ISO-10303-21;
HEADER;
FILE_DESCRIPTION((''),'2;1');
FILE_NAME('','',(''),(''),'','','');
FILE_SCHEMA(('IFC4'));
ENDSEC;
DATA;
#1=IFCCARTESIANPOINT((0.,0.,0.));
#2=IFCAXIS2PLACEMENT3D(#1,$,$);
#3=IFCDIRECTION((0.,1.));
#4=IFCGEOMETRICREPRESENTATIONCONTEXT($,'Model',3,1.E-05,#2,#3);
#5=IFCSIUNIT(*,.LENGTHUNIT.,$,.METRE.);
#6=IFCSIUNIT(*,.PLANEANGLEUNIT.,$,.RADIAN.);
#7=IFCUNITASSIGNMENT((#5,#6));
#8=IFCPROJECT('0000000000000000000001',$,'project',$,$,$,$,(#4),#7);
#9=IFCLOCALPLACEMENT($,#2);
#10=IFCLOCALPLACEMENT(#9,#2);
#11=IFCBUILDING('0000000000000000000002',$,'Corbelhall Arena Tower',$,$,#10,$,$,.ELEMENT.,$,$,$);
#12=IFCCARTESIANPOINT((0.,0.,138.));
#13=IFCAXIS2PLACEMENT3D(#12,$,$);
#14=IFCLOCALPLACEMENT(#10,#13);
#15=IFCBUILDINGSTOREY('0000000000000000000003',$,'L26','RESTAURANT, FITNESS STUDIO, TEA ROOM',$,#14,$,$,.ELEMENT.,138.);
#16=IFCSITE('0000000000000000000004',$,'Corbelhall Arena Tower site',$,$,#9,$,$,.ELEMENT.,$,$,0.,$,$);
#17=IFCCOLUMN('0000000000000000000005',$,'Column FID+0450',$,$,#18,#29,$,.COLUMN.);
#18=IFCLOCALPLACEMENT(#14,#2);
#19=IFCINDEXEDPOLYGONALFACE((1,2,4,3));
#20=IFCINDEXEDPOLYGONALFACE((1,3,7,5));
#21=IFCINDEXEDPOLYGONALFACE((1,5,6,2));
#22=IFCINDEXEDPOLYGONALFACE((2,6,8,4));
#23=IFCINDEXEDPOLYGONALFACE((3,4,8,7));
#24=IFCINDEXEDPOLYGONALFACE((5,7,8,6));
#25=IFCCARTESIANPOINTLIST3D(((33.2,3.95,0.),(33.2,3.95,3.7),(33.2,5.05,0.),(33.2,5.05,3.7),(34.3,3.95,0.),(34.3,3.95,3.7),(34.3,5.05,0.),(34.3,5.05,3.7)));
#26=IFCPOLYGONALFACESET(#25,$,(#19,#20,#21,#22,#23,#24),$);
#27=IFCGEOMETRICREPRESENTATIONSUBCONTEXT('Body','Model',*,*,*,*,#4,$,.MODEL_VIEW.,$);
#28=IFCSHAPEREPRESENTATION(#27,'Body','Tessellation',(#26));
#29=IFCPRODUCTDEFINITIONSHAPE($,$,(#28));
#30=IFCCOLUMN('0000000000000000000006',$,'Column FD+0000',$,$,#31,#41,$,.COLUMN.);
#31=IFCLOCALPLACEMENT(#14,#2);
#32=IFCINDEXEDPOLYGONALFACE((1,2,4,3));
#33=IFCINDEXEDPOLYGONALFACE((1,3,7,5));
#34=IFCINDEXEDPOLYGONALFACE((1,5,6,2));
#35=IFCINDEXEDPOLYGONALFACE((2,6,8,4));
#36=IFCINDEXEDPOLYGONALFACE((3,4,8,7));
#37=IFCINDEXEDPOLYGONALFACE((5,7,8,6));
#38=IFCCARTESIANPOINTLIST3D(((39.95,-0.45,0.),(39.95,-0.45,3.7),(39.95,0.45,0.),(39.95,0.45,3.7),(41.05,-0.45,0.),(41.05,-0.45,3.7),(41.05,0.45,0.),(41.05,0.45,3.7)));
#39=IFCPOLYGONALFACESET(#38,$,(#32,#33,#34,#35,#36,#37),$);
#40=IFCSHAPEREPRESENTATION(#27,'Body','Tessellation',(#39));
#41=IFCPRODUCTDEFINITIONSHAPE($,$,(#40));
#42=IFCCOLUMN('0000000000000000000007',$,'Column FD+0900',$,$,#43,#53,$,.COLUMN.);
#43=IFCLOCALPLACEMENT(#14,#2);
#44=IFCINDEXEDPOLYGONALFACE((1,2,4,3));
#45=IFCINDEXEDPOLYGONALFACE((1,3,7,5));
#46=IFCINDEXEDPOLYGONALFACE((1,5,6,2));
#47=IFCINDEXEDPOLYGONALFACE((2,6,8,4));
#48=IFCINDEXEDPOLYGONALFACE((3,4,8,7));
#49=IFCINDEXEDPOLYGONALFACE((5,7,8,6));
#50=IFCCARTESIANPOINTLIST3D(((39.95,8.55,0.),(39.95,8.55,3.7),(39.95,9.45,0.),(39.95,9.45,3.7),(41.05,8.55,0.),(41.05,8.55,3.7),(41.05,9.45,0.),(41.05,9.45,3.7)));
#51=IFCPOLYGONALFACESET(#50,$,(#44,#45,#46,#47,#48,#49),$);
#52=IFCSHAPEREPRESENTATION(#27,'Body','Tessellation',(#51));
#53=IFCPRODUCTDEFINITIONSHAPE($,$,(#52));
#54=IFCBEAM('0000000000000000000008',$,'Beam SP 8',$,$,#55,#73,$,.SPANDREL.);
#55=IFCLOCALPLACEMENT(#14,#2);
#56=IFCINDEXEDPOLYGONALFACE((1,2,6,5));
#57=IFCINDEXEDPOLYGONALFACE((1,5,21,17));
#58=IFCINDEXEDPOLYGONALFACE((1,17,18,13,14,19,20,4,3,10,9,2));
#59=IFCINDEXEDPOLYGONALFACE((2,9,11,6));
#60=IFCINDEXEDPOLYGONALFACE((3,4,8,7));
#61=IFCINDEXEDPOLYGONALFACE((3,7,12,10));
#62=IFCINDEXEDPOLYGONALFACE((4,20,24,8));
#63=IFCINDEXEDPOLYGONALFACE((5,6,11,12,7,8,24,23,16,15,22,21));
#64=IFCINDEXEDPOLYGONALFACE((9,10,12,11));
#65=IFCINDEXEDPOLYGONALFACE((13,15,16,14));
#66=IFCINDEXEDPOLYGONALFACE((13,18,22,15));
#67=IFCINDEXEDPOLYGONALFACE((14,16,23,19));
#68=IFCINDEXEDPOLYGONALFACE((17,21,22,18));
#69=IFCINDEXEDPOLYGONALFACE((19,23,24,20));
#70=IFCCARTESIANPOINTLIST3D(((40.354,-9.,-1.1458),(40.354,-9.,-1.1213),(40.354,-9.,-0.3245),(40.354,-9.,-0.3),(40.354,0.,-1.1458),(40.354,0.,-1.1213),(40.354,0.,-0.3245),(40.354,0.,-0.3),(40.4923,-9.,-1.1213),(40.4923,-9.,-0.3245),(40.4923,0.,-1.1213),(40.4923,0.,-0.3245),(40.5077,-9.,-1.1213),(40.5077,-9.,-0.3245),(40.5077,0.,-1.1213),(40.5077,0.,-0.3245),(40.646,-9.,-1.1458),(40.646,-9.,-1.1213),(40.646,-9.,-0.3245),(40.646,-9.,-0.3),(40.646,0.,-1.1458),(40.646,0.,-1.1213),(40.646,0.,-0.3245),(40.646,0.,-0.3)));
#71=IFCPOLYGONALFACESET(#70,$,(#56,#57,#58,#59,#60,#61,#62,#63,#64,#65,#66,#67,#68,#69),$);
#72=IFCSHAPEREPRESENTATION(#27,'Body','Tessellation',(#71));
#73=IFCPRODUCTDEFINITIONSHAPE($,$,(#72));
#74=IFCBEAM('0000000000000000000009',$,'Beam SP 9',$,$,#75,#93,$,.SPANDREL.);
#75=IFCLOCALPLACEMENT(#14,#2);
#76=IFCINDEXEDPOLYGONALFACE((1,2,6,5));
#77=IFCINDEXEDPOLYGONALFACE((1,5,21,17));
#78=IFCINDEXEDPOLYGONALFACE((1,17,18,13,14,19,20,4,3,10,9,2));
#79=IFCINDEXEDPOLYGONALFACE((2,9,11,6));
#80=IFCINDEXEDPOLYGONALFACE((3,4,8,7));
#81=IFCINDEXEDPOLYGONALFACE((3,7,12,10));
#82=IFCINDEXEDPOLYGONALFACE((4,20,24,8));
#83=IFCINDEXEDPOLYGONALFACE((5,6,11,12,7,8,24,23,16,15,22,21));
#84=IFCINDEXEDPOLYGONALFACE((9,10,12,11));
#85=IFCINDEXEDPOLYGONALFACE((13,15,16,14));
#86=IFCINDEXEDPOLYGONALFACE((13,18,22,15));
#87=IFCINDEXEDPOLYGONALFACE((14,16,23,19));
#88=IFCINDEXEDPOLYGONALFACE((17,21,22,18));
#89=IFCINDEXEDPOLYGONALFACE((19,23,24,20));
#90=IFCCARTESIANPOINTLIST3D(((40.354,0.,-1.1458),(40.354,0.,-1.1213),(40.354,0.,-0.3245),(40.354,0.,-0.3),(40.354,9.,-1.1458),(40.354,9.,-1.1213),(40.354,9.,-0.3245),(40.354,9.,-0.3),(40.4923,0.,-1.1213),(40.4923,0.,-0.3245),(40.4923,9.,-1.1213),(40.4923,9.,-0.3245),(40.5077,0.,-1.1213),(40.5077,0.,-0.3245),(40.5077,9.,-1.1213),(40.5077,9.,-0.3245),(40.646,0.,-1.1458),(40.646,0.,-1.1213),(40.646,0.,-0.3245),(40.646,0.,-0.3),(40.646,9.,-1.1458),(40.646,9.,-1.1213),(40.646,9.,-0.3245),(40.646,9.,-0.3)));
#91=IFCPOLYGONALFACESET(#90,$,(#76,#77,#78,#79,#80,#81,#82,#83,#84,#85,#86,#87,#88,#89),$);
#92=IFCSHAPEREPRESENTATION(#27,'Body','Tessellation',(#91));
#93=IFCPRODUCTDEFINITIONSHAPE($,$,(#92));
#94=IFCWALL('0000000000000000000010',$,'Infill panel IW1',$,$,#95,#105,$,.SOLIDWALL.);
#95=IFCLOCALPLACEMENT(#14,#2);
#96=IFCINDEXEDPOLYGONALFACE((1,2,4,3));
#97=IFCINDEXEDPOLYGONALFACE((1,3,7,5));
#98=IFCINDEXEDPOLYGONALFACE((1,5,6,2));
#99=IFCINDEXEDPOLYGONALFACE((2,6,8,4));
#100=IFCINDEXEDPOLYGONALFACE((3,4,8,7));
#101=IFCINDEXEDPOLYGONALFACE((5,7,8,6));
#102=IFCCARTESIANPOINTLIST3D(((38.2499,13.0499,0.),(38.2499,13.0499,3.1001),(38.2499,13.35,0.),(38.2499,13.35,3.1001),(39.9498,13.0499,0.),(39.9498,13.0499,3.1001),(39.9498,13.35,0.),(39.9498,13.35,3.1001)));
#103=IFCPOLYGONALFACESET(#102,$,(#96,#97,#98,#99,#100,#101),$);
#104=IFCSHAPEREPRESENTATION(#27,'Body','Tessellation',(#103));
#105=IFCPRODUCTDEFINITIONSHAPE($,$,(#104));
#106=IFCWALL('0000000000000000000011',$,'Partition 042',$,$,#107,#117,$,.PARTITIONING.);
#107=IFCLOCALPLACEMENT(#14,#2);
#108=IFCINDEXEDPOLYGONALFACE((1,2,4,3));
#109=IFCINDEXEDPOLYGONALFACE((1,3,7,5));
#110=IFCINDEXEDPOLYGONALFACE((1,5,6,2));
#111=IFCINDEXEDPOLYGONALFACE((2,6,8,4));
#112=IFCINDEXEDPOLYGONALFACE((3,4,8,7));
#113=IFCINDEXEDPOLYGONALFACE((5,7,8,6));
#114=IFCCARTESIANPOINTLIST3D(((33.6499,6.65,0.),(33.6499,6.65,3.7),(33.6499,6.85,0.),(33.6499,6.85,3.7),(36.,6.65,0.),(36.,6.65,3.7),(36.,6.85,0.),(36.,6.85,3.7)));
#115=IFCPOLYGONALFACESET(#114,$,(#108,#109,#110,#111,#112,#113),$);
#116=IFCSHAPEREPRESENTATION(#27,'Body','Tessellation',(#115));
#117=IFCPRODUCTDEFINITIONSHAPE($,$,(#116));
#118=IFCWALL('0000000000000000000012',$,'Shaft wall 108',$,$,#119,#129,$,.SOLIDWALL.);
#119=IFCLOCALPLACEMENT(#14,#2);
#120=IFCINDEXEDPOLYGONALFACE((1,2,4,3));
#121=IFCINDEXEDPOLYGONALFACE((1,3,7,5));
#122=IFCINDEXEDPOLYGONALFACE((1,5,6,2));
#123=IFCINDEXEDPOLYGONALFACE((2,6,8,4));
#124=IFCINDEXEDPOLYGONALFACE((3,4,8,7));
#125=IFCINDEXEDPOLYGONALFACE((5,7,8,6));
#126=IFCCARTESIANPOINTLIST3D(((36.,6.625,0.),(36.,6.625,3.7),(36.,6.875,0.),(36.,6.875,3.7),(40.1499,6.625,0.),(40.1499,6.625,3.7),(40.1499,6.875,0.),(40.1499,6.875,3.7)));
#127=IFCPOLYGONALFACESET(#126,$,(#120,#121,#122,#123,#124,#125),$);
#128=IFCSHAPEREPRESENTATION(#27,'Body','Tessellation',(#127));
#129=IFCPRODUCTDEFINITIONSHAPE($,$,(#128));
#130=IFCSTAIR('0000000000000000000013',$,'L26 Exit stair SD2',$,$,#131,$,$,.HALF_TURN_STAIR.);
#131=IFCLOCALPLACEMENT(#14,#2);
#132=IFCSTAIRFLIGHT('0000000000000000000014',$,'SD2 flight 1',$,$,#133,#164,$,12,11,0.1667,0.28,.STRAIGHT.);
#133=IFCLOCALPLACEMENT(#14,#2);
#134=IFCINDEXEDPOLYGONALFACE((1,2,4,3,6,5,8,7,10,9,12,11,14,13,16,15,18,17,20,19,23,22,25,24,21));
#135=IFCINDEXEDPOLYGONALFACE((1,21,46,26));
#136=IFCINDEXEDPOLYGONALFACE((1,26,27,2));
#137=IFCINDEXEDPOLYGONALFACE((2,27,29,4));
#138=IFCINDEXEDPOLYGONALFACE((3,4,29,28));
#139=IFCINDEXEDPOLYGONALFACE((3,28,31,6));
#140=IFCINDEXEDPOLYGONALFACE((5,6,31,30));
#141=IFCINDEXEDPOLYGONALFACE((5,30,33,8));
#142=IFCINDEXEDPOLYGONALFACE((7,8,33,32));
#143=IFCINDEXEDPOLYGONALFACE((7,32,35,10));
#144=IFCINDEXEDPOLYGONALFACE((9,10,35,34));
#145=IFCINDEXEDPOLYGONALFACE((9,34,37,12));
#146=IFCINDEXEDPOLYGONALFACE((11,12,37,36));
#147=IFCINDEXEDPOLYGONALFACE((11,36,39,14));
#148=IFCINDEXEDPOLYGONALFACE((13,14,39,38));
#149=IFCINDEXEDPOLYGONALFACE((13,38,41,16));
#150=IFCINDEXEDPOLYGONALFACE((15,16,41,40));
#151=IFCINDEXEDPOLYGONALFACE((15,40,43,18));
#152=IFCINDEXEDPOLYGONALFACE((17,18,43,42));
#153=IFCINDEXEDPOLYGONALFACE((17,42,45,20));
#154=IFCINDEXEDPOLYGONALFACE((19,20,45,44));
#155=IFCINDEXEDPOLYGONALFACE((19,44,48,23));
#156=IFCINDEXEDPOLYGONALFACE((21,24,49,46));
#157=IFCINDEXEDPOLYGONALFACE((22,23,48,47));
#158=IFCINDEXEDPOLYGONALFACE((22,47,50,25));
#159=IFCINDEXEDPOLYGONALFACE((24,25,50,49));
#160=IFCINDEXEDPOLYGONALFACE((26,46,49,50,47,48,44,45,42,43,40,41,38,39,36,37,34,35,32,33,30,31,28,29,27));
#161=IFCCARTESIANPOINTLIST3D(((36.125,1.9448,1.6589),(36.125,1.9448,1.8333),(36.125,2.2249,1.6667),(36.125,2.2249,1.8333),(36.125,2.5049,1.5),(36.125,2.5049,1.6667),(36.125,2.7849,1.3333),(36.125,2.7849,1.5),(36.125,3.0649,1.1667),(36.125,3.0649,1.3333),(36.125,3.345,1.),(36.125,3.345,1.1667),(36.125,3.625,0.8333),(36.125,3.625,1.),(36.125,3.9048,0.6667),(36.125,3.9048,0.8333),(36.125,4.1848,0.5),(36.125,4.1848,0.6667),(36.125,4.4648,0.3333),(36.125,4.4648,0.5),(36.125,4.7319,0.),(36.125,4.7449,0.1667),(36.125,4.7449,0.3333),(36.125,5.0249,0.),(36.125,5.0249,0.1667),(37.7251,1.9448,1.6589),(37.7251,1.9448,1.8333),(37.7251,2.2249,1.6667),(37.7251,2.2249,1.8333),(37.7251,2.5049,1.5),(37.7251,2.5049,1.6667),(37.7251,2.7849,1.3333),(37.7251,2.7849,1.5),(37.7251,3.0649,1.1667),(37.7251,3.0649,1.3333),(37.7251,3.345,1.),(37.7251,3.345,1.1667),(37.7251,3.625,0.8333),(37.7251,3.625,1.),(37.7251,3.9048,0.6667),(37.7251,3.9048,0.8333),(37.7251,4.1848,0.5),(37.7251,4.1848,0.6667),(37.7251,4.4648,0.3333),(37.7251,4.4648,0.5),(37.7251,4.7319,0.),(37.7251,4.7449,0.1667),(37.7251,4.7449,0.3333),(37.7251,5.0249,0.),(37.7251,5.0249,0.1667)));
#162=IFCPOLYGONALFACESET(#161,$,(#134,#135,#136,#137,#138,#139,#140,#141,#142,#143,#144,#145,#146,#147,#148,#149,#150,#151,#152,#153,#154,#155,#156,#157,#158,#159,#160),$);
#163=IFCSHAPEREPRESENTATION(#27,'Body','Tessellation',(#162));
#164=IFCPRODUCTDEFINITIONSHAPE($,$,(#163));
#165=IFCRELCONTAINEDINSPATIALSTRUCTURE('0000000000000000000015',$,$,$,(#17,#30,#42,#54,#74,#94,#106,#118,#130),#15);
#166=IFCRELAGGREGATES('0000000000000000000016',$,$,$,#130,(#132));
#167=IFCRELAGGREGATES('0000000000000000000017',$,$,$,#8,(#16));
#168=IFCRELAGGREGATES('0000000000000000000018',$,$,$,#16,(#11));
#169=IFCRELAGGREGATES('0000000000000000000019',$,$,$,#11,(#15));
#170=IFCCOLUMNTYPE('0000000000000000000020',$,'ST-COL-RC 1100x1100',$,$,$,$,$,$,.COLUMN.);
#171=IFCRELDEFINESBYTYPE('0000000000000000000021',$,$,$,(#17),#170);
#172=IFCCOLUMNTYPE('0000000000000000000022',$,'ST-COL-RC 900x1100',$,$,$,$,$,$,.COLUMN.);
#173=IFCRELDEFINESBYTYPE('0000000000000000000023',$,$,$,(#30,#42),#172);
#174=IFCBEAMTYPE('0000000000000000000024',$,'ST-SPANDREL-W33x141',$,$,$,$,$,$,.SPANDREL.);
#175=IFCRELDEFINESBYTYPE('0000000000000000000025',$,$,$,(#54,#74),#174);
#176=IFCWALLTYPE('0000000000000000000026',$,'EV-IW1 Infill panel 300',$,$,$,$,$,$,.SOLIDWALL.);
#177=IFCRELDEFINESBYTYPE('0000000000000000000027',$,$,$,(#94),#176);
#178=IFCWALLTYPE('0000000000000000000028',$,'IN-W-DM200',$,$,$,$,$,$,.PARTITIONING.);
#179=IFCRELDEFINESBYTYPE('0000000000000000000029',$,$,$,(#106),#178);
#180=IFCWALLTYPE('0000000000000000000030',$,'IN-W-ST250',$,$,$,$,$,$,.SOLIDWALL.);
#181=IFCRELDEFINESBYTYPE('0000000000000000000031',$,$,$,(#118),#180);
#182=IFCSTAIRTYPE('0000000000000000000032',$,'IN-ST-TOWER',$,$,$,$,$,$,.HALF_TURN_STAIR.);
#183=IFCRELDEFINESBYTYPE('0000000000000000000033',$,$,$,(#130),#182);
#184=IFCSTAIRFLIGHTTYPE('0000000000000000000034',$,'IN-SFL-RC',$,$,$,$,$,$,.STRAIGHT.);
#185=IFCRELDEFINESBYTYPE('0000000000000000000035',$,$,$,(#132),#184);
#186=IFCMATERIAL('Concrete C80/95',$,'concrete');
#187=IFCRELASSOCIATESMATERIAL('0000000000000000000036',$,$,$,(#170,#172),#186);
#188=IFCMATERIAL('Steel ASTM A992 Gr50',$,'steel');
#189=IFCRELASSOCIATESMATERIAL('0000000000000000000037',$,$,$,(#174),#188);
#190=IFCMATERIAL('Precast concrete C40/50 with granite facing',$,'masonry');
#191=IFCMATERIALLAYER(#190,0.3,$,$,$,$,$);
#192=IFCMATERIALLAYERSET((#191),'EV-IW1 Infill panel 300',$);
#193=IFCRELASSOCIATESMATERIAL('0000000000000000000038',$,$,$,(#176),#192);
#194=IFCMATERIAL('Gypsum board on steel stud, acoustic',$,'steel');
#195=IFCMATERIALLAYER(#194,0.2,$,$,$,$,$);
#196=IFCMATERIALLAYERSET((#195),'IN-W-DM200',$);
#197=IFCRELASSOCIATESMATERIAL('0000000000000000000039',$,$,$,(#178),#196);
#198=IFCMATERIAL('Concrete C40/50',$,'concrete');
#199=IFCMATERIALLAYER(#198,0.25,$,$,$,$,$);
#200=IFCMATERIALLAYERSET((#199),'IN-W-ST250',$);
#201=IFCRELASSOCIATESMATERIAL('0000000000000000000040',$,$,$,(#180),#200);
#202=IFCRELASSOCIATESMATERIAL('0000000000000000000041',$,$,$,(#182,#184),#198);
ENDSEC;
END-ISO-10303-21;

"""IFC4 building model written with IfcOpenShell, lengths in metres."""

from ifc_helpers import new_model, si_unit, direction, frame, frame_2d, origin, origin_2d, place, context, subcontext, project, spatial, polyline, rectangle, i_section, outline, extrude, material, layer, layer_set, material_profile, profile_set, type_object, element, aggregate, save


model = new_model("IFC4")

# Units and contexts
model_context = context("Model", 3, precision=1e-05, world=origin(), true_north=direction((0.0, 1.0)))
body_context = subcontext(model_context, "Body", "Model", "MODEL_VIEW")
ifc_project = project(units=[si_unit("LENGTHUNIT", "METRE"), si_unit("PLANEANGLEUNIT", "RADIAN")], contexts=[model_context])

# Site, building, storey
site_placement = place(None, origin())
site = spatial("IfcSite", under=ifc_project, at=site_placement, Name="Corbelhall Arena Tower site", CompositionType="ELEMENT", RefElevation=0.0)
building_placement = place(site_placement, origin())
building = spatial("IfcBuilding", under=site, at=building_placement, Name="Corbelhall Arena Tower", CompositionType="ELEMENT")
storey_placement = place(building_placement, frame((0.0, 0.0, 138.0)))
storey = spatial("IfcBuildingStorey", under=building, at=storey_placement, Name="L26", Description="RESTAURANT, FITNESS STUDIO, TEA ROOM", CompositionType="ELEMENT", Elevation=138.0)

# Columns
ifc_material_1 = material(Name="Concrete C80/95", Category="concrete")
ifc_material_profile_1 = material_profile(ifc_material_1, rectangle(XDim=1.1001, YDim=1.1001, at=origin_2d()))
ifc_profile_set_1 = profile_set([ifc_material_profile_1], Name="Concrete C80/95")
column_type_1 = type_object("IfcColumnType", Name="ST-COL-RC 1100x1100", PredefinedType="COLUMN", material=ifc_profile_set_1)
column_placement = place(storey_placement, frame((33.75, 4.5, 0.0), z_axis=(0.0, 0.0, 1.0), x_axis=(1.0, 0.0, 0.0)))
element("IfcColumn", 1, at=column_placement, inside=storey, type_object=column_type_1, Name="Column FID+0450", PredefinedType="COLUMN", context=body_context, shape_type="SweptSolid", body=[
    extrude(rectangle(XDim=1.1001, YDim=1.1001, at=origin_2d()), origin(), (0.0, 0.0, 1.0), 3.7),
])
ifc_material_profile_2 = material_profile(ifc_material_1, rectangle(XDim=0.8999, YDim=1.1001, at=origin_2d()))
ifc_profile_set_2 = profile_set([ifc_material_profile_2], Name="Concrete C80/95")
column_type_2 = type_object("IfcColumnType", Name="ST-COL-RC 900x1100", PredefinedType="COLUMN", material=ifc_profile_set_2)
for number, where, z_axis, x_axis, name in (
    (2, (40.5, 0.0, 0.0), (0.0, 0.0, 1.0), (0.0, 1.0, 0.0), "Column FD+0000"),
    (3, (40.5, 9.0, 0.0), (0.0, 0.0, 1.0), (0.0, 1.0, 0.0), "Column FD+0900"),
):
    element("IfcColumn", number, at=place(storey_placement, frame(where, z_axis=z_axis, x_axis=x_axis)), inside=storey, type_object=column_type_2, Name=name, PredefinedType="COLUMN", context=body_context, shape_type="SweptSolid", body=[
        extrude(rectangle(XDim=0.8999, YDim=1.1001, at=origin_2d()), origin(), (0.0, 0.0, 1.0), 3.7),
    ])

# Beams
ifc_material_2 = material(Name="Steel ASTM A992 Gr50", Category="steel")
ifc_material_profile_3 = material_profile(ifc_material_2, i_section(OverallWidth=0.292, OverallDepth=0.8457, WebThickness=0.0154, FlangeThickness=0.0244, at=origin_2d()))
ifc_profile_set_3 = profile_set([ifc_material_profile_3], Name="Steel ASTM A992 Gr50")
beam_type = type_object("IfcBeamType", Name="ST-SPANDREL-W33x141", PredefinedType="SPANDREL", material=ifc_profile_set_3)
for number, where, z_axis, x_axis, name in (
    (4, (40.5, 0.0, -0.7229), (0.0, -1.0, 0.0), (1.0, 0.0, 0.0), "Beam SP 8"),
    (5, (40.5, 9.0, -0.7229), (0.0, -1.0, 0.0), (1.0, 0.0, 0.0), "Beam SP 9"),
):
    element("IfcBeam", number, at=place(storey_placement, frame(where, z_axis=z_axis, x_axis=x_axis)), inside=storey, type_object=beam_type, Name=name, PredefinedType="SPANDREL", context=body_context, shape_type="SweptSolid", body=[
        extrude(i_section(OverallWidth=0.292, OverallDepth=0.8457, WebThickness=0.0154, FlangeThickness=0.0244, at=origin_2d()), origin(), (0.0, 0.0, 1.0), 9.0),
    ])

# Wall
ifc_material_3 = material(Name="Precast concrete C40/50 with granite facing", Category="masonry")
ifc_layer_1 = layer(ifc_material_3, 0.3)
ifc_layer_set_1 = layer_set([ifc_layer_1], Name="EV-IW1 Infill panel 300")
wall_type_1 = type_object("IfcWallType", Name="EV-IW1 Infill panel 300", PredefinedType="SOLIDWALL", material=ifc_layer_set_1)
wall_1_placement = place(storey_placement, frame((39.95, 13.2, 0.0), z_axis=(0.0, 0.0, 1.0), x_axis=(-1.0, 0.0, 0.0)))
element("IfcWall", 6, at=wall_1_placement, inside=storey, type_object=wall_type_1, Name="Infill panel IW1", PredefinedType="SOLIDWALL", context=body_context, shape_type="SweptSolid", body=[
    extrude(rectangle(XDim=1.7, YDim=0.3, at=frame_2d((0.8501, 0.0))), origin(), (0.0, 0.0, 1.0), 3.1001),
])

# Walls
ifc_material_4 = material(Name="Gypsum board on steel stud, acoustic", Category="steel")
ifc_layer_2 = layer(ifc_material_4, 0.2)
ifc_layer_set_2 = layer_set([ifc_layer_2], Name="IN-W-DM200")
wall_type_2 = type_object("IfcWallType", Name="IN-W-DM200", PredefinedType="PARTITIONING", material=ifc_layer_set_2)
wall_2_placement = place(storey_placement, frame((33.6499, 6.75, 0.0), z_axis=(0.0, 0.0, 1.0), x_axis=(1.0, 0.0, 0.0)))
element("IfcWall", 7, at=wall_2_placement, inside=storey, type_object=wall_type_2, Name="Partition 042", PredefinedType="PARTITIONING", context=body_context, shape_type="SweptSolid", body=[
    extrude(rectangle(XDim=2.3501, YDim=0.2, at=frame_2d((1.175, 0.0))), origin(), (0.0, 0.0, 1.0), 3.7),
])
ifc_material_5 = material(Name="Concrete C40/50", Category="concrete")
ifc_layer_3 = layer(ifc_material_5, 0.25)
ifc_layer_set_3 = layer_set([ifc_layer_3], Name="IN-W-ST250")
wall_type_3 = type_object("IfcWallType", Name="IN-W-ST250", PredefinedType="SOLIDWALL", material=ifc_layer_set_3)
wall_3_placement = place(storey_placement, frame((36.0, 6.75, 0.0), z_axis=(0.0, 0.0, 1.0), x_axis=(1.0, 0.0, 0.0)))
element("IfcWall", 8, at=wall_3_placement, inside=storey, type_object=wall_type_3, Name="Shaft wall 108", PredefinedType="SOLIDWALL", context=body_context, shape_type="SweptSolid", body=[
    extrude(rectangle(XDim=4.1499, YDim=0.25, at=frame_2d((2.075, 0.0))), origin(), (0.0, 0.0, 1.0), 3.7),
])

# Stair, stair flight
stair_type = type_object("IfcStairType", Name="IN-ST-TOWER", PredefinedType="HALF_TURN_STAIR", material=ifc_material_5)
stair_placement = place(storey_placement, origin())
stair = element("IfcStair", 9, at=stair_placement, inside=storey, type_object=stair_type, Name="L26 Exit stair SD2", PredefinedType="HALF_TURN_STAIR")
stair_flight_type = type_object("IfcStairFlightType", Name="IN-SFL-RC", PredefinedType="STRAIGHT", material=ifc_material_5)
stair_flight_1_placement = place(storey_placement, frame((36.925, 5.0249, 0.0), z_axis=(0.0, 0.0, 1.0), x_axis=(0.0, -1.0, 0.0)))
stair_flight_1 = element("IfcStairFlight", 10, at=stair_flight_1_placement, type_object=stair_flight_type, Name="SD2 flight 1", NumberOfRisers=12, NumberOfTreads=11, PredefinedType="STRAIGHT", RiserHeight=0.1667, TreadLength=0.28, context=body_context, shape_type="SweptSolid", body=[
    extrude(outline(polyline([(0.0, 0.0), (0.0, 0.1667), (0.28, 0.1667), (0.28, 0.3333), (0.5601, 0.3333), (0.5601, 0.5), (0.8401, 0.5), (0.8401, 0.6667), (1.1201, 0.6667), (1.1201, 0.8333), (1.3999, 0.8333), (1.3999, 1.0), (1.6799, 1.0), (1.6799, 1.1667), (1.96, 1.1667), (1.96, 1.3333), (2.24, 1.3333), (2.24, 1.5), (2.52, 1.5), (2.52, 1.6667), (2.8, 1.6667), (2.8, 1.8333), (3.0801, 1.8333), (3.0801, 2.0), (3.0801, 1.6589), (0.293, 0.0), (0.0, 0.0)])), frame((0.0, 0.8, 0.0), z_axis=(0.0, -1.0, 0.0), x_axis=(1.0, 0.0, 0.0)), (0.0, 0.0, 1.0), 1.6001),
])
aggregate(stair, [stair_flight_1])

save(model, "model.ifc")
